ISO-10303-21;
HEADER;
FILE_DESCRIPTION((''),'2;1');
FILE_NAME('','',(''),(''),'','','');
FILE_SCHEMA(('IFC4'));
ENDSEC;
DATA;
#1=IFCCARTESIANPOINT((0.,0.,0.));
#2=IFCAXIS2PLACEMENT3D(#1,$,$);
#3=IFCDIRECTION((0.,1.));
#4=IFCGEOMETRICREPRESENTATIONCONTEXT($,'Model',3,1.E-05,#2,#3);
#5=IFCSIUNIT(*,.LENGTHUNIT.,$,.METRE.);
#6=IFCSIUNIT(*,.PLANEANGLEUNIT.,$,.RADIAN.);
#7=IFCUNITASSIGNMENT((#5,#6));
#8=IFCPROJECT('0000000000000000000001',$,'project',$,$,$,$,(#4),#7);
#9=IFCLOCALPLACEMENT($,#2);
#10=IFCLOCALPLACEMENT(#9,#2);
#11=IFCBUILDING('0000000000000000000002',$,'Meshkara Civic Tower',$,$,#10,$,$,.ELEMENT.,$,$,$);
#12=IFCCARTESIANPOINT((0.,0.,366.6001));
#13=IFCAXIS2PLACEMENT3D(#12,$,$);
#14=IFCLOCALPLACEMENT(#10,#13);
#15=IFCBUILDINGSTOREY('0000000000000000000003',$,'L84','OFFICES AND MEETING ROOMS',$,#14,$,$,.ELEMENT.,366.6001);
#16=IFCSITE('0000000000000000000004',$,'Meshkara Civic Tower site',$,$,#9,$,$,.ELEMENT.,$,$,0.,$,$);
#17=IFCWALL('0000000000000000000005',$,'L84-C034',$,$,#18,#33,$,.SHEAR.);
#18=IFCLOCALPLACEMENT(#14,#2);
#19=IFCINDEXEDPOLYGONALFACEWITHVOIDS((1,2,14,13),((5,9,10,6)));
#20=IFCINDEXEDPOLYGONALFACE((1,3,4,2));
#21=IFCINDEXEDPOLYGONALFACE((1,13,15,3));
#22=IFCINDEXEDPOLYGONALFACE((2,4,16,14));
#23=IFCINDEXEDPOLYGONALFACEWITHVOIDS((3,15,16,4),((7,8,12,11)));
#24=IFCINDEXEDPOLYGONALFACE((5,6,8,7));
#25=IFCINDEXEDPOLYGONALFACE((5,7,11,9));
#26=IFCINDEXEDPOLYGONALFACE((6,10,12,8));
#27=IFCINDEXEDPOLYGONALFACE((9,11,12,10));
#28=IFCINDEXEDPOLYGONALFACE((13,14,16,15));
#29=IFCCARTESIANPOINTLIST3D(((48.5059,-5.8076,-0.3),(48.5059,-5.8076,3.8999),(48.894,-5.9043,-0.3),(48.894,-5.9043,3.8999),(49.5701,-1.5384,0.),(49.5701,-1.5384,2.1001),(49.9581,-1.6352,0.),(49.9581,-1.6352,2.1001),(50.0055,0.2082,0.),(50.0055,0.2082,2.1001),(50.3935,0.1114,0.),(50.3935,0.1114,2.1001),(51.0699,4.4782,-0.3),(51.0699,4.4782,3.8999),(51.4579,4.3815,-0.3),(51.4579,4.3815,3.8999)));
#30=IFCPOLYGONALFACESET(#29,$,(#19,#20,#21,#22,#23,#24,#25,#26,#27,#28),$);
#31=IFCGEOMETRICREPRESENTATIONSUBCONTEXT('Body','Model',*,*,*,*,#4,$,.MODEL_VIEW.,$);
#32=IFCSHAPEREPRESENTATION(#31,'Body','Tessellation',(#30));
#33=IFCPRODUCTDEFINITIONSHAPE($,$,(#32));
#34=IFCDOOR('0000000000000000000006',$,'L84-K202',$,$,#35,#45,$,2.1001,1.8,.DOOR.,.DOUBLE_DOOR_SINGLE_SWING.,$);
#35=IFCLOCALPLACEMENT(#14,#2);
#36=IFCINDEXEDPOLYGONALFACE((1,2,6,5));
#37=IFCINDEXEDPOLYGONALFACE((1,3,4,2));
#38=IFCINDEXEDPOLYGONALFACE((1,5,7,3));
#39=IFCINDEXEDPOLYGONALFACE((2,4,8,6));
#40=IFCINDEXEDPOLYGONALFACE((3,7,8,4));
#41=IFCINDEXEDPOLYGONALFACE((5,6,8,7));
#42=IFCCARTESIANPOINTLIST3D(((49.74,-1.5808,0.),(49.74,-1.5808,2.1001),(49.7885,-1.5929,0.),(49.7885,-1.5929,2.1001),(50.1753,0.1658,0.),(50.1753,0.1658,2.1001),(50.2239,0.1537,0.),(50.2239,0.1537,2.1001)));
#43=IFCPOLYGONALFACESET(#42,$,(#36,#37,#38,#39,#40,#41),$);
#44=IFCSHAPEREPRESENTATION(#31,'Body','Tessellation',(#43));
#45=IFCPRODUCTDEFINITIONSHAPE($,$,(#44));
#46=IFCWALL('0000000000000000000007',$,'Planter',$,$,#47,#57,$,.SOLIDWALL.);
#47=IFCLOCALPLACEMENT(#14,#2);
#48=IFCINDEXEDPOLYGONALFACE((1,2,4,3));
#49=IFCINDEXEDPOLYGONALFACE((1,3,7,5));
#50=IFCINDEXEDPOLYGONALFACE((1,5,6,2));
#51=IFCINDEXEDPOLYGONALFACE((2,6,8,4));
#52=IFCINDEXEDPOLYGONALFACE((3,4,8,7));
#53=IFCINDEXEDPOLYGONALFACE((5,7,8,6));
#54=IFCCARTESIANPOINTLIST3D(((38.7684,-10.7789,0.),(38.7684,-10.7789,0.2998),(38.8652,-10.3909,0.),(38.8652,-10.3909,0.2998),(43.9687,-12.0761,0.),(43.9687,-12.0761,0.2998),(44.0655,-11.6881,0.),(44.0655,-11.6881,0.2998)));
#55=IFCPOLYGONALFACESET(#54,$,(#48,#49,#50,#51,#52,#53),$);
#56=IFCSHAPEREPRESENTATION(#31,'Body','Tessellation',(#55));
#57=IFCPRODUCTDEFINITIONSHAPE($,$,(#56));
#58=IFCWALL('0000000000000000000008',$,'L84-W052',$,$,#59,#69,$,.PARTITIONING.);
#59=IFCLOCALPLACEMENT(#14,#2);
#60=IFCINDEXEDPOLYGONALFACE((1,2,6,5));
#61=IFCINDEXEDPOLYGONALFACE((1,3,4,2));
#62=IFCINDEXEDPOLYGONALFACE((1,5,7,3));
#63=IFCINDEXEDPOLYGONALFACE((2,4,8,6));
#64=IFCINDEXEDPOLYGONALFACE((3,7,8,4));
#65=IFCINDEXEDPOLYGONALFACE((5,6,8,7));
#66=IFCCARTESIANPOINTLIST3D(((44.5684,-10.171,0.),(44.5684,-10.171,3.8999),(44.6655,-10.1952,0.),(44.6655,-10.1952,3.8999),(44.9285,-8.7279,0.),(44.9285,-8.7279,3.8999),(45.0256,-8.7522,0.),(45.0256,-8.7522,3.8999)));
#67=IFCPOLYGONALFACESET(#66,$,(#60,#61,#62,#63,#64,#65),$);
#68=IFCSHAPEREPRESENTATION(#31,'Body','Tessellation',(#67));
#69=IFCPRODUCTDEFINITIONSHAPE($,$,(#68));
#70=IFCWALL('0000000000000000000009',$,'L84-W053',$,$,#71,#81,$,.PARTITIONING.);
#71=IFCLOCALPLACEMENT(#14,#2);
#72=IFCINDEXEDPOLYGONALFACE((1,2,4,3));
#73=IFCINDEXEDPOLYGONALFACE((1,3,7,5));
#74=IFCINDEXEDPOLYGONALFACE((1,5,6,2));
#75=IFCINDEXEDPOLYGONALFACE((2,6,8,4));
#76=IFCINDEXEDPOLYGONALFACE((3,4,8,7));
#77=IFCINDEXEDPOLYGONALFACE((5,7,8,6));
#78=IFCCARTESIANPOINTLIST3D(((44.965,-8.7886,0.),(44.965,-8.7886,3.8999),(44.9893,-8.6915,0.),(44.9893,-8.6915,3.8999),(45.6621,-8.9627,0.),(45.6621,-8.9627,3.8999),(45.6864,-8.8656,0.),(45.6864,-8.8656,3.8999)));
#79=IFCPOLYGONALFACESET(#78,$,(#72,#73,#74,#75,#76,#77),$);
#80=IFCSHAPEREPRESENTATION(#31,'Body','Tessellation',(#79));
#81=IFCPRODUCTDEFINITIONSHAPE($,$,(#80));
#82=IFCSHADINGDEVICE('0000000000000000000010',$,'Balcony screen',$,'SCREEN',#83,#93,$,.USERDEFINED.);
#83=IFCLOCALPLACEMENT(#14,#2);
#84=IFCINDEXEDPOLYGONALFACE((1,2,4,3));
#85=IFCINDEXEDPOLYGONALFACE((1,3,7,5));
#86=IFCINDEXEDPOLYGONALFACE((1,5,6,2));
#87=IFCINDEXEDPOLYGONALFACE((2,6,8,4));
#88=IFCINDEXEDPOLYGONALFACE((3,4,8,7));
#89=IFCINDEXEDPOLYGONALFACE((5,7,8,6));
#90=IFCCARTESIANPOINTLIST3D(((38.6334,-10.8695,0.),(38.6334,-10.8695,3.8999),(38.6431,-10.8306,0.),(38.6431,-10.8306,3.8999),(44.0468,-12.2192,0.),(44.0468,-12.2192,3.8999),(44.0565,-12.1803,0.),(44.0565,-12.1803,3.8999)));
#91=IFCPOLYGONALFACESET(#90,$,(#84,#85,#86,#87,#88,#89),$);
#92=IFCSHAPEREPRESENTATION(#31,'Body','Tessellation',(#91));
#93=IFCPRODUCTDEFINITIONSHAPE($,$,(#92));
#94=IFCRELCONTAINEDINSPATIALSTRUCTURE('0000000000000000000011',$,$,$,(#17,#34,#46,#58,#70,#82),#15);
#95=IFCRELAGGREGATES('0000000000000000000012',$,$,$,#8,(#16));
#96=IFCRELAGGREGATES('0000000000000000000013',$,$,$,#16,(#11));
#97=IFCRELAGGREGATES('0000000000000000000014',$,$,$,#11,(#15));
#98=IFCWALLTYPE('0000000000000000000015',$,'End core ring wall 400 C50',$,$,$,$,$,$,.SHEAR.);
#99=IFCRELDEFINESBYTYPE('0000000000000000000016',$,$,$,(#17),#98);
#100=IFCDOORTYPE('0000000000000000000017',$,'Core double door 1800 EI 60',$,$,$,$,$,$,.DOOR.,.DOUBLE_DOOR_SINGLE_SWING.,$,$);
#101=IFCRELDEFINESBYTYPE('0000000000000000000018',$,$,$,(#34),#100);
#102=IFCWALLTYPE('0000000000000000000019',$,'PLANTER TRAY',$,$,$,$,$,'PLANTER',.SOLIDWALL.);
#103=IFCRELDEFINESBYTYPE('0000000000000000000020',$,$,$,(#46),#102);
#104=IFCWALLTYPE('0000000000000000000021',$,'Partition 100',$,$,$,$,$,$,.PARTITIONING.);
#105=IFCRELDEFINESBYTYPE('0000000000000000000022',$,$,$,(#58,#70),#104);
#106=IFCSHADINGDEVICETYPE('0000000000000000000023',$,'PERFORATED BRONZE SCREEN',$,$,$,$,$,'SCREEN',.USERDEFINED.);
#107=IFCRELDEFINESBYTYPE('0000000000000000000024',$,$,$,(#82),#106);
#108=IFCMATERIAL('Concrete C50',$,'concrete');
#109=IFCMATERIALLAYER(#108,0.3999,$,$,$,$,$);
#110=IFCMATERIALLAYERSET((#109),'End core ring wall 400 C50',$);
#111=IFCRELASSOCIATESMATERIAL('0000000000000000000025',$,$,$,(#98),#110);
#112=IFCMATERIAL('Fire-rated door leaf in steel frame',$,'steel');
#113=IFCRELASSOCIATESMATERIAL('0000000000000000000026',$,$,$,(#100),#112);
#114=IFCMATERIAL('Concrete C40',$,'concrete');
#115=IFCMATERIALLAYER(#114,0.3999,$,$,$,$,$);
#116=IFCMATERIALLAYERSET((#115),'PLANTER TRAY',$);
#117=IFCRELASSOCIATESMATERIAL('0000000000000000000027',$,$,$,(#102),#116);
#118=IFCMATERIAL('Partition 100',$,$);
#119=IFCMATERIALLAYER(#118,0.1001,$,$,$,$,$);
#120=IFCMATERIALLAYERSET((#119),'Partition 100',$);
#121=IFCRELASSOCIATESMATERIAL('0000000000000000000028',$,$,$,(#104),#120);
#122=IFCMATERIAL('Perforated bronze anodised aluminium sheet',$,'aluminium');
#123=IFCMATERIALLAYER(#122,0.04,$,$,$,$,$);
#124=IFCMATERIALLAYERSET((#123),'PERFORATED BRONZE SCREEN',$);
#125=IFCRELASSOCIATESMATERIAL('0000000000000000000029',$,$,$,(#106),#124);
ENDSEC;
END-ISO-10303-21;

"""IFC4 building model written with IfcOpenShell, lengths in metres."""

from ifc_helpers import new_model, si_unit, direction, frame, frame_2d, origin, origin_2d, place, context, subcontext, project, spatial, rectangle, extrude, material, layer, layer_set, type_object, element, fill, save


model = new_model("IFC4")

# Units and contexts
model_context = context("Model", 3, precision=1e-05, world=origin(), true_north=direction((0.0, 1.0)))
body_context = subcontext(model_context, "Body", "Model", "MODEL_VIEW")
ifc_project = project(units=[si_unit("LENGTHUNIT", "METRE"), si_unit("PLANEANGLEUNIT", "RADIAN")], contexts=[model_context])

# Site, building, storey
site_placement = place(None, origin())
site = spatial("IfcSite", under=ifc_project, at=site_placement, Name="Meshkara Civic Tower site", CompositionType="ELEMENT", RefElevation=0.0)
building_placement = place(site_placement, origin())
building = spatial("IfcBuilding", under=site, at=building_placement, Name="Meshkara Civic Tower", CompositionType="ELEMENT")
storey_placement = place(building_placement, frame((0.0, 0.0, 366.6001)))
storey = spatial("IfcBuildingStorey", under=building, at=storey_placement, Name="L84", Description="OFFICES AND MEETING ROOMS", CompositionType="ELEMENT", Elevation=366.6001)

# Shared definitions
ifc_material_1 = material(Name="Concrete C50", Category="concrete")
ifc_layer_1 = layer(ifc_material_1, 0.3999)
ifc_layer_set_1 = layer_set([ifc_layer_1], Name="End core ring wall 400 C50")
wall_type_1 = type_object("IfcWallType", Name="End core ring wall 400 C50", PredefinedType="SHEAR", material=ifc_layer_set_1)

# Wall, opening, door
wall_1_placement = place(storey_placement, frame((48.7, -5.856, -0.3), z_axis=(0.0, 0.0, 1.0), x_axis=(0.241869, 0.970309, 0.0)))
wall_1 = element("IfcWall", 1, at=wall_1_placement, inside=storey, type_object=wall_type_1, Name="L84-C034", PredefinedType="SHEAR", context=body_context, shape_type="SweptSolid", body=[
    extrude(rectangle(XDim=10.6006, YDim=0.3999, at=frame_2d((5.3003, 0.0))), origin(), (0.0, 0.0, 1.0), 4.2),
])
opening_1_placement = place(wall_1_placement, frame((4.3999, 0.0, 0.3)))
opening_1 = element("IfcOpeningElement", 2, at=opening_1_placement, cuts=wall_1, PredefinedType="OPENING", context=body_context, shape_type="SweptSolid", body=[
    extrude(rectangle(XDim=1.8, YDim=2.1001, at=frame_2d((0.8999, 1.05))), frame((0.0, 0.21, 0.0), z_axis=(0.0, -1.0, 0.0), x_axis=(1.0, 0.0, 0.0)), (0.0, 0.0, 1.0), 0.4199),
])
ifc_material_2 = material(Name="Fire-rated door leaf in steel frame", Category="steel")
door_type_1 = type_object("IfcDoorType", Name="Core double door 1800 EI 60", OperationType="DOUBLE_DOOR_SINGLE_SWING", PredefinedType="DOOR", material=ifc_material_2)
door_1_placement = place(opening_1_placement, origin())
door_1 = element("IfcDoor", 3, at=door_1_placement, inside=storey, type_object=door_type_1, Name="L84-K202", OperationType="DOUBLE_DOOR_SINGLE_SWING", OverallHeight=2.1001, OverallWidth=1.8, PredefinedType="DOOR", context=body_context, shape_type="SweptSolid", body=[
    extrude(rectangle(XDim=1.8, YDim=2.1001, at=frame_2d((0.8999, 1.05))), frame((0.0, 0.0249, 0.0), z_axis=(0.0, -1.0, 0.0), x_axis=(1.0, 0.0, 0.0)), (0.0, 0.0, 1.0), 0.05),
])
fill(opening_1, door_1)

# Walls
ifc_material_3 = material(Name="Concrete C40", Category="concrete")
ifc_layer_2 = layer(ifc_material_3, 0.3999)
ifc_layer_set_2 = layer_set([ifc_layer_2], Name="PLANTER TRAY")
wall_type_2 = type_object("IfcWallType", Name="PLANTER TRAY", ElementType="PLANTER", PredefinedType="SOLIDWALL", material=ifc_layer_set_2)
wall_2_placement = place(storey_placement, frame((38.8169, -10.585, 0.0), z_axis=(0.0, 0.0, 1.0), x_axis=(0.970271, -0.242021, 0.0)))
element("IfcWall", 4, at=wall_2_placement, inside=storey, type_object=wall_type_2, Name="Planter", PredefinedType="SOLIDWALL", context=body_context, shape_type="SweptSolid", body=[
    extrude(rectangle(XDim=5.3596, YDim=0.3999, at=frame_2d((2.6797, 0.0))), origin(), (0.0, 0.0, 1.0), 0.2998),
])
ifc_material_4 = material(Name="Partition 100")
ifc_layer_3 = layer(ifc_material_4, 0.1001)
ifc_layer_set_3 = layer_set([ifc_layer_3], Name="Partition 100")
wall_type_3 = type_object("IfcWallType", Name="Partition 100", PredefinedType="PARTITIONING", material=ifc_layer_set_3)
wall_3_placement = place(storey_placement, frame((44.6169, -10.1831, 0.0), z_axis=(0.0, 0.0, 1.0), x_axis=(0.242111, 0.970249, 0.0)))
element("IfcWall", 5, at=wall_3_placement, inside=storey, type_object=wall_type_3, Name="L84-W052", PredefinedType="PARTITIONING", context=body_context, shape_type="SweptSolid", body=[
    extrude(rectangle(XDim=1.4873, YDim=0.1001, at=frame_2d((0.7437, 0.0))), origin(), (0.0, 0.0, 1.0), 3.8999),
])
wall_4_placement = place(storey_placement, frame((44.9771, -8.74, 0.0), z_axis=(0.0, 0.0, 1.0), x_axis=(0.970202, -0.242296, 0.0)))
element("IfcWall", 6, at=wall_4_placement, inside=storey, type_object=wall_type_3, Name="L84-W053", PredefinedType="PARTITIONING", context=body_context, shape_type="SweptSolid", body=[
    extrude(rectangle(XDim=0.7185, YDim=0.1001, at=frame_2d((0.3594, 0.0))), origin(), (0.0, 0.0, 1.0), 3.8999),
])

# Shading device
ifc_material_5 = material(Name="Perforated bronze anodised aluminium sheet", Category="aluminium")
ifc_layer_4 = layer(ifc_material_5, 0.04)
ifc_layer_set_4 = layer_set([ifc_layer_4], Name="PERFORATED BRONZE SCREEN")
shading_device_type = type_object("IfcShadingDeviceType", Name="PERFORATED BRONZE SCREEN", ElementType="SCREEN", PredefinedType="USERDEFINED", material=ifc_layer_set_4)
shading_device_placement = place(storey_placement, frame((41.345, -11.5249, 0.0), z_axis=(0.0, 0.0, 1.0), x_axis=(0.970296, -0.241922, 0.0)))
element("IfcShadingDevice", 7, at=shading_device_placement, inside=storey, type_object=shading_device_type, Name="Balcony screen", ObjectType="SCREEN", PredefinedType="USERDEFINED", context=body_context, shape_type="SweptSolid", body=[
    extrude(rectangle(XDim=5.5791, YDim=0.04, at=origin_2d()), origin(), (0.0, 0.0, 1.0), 3.8999),
])

save(model, "model.ifc")
